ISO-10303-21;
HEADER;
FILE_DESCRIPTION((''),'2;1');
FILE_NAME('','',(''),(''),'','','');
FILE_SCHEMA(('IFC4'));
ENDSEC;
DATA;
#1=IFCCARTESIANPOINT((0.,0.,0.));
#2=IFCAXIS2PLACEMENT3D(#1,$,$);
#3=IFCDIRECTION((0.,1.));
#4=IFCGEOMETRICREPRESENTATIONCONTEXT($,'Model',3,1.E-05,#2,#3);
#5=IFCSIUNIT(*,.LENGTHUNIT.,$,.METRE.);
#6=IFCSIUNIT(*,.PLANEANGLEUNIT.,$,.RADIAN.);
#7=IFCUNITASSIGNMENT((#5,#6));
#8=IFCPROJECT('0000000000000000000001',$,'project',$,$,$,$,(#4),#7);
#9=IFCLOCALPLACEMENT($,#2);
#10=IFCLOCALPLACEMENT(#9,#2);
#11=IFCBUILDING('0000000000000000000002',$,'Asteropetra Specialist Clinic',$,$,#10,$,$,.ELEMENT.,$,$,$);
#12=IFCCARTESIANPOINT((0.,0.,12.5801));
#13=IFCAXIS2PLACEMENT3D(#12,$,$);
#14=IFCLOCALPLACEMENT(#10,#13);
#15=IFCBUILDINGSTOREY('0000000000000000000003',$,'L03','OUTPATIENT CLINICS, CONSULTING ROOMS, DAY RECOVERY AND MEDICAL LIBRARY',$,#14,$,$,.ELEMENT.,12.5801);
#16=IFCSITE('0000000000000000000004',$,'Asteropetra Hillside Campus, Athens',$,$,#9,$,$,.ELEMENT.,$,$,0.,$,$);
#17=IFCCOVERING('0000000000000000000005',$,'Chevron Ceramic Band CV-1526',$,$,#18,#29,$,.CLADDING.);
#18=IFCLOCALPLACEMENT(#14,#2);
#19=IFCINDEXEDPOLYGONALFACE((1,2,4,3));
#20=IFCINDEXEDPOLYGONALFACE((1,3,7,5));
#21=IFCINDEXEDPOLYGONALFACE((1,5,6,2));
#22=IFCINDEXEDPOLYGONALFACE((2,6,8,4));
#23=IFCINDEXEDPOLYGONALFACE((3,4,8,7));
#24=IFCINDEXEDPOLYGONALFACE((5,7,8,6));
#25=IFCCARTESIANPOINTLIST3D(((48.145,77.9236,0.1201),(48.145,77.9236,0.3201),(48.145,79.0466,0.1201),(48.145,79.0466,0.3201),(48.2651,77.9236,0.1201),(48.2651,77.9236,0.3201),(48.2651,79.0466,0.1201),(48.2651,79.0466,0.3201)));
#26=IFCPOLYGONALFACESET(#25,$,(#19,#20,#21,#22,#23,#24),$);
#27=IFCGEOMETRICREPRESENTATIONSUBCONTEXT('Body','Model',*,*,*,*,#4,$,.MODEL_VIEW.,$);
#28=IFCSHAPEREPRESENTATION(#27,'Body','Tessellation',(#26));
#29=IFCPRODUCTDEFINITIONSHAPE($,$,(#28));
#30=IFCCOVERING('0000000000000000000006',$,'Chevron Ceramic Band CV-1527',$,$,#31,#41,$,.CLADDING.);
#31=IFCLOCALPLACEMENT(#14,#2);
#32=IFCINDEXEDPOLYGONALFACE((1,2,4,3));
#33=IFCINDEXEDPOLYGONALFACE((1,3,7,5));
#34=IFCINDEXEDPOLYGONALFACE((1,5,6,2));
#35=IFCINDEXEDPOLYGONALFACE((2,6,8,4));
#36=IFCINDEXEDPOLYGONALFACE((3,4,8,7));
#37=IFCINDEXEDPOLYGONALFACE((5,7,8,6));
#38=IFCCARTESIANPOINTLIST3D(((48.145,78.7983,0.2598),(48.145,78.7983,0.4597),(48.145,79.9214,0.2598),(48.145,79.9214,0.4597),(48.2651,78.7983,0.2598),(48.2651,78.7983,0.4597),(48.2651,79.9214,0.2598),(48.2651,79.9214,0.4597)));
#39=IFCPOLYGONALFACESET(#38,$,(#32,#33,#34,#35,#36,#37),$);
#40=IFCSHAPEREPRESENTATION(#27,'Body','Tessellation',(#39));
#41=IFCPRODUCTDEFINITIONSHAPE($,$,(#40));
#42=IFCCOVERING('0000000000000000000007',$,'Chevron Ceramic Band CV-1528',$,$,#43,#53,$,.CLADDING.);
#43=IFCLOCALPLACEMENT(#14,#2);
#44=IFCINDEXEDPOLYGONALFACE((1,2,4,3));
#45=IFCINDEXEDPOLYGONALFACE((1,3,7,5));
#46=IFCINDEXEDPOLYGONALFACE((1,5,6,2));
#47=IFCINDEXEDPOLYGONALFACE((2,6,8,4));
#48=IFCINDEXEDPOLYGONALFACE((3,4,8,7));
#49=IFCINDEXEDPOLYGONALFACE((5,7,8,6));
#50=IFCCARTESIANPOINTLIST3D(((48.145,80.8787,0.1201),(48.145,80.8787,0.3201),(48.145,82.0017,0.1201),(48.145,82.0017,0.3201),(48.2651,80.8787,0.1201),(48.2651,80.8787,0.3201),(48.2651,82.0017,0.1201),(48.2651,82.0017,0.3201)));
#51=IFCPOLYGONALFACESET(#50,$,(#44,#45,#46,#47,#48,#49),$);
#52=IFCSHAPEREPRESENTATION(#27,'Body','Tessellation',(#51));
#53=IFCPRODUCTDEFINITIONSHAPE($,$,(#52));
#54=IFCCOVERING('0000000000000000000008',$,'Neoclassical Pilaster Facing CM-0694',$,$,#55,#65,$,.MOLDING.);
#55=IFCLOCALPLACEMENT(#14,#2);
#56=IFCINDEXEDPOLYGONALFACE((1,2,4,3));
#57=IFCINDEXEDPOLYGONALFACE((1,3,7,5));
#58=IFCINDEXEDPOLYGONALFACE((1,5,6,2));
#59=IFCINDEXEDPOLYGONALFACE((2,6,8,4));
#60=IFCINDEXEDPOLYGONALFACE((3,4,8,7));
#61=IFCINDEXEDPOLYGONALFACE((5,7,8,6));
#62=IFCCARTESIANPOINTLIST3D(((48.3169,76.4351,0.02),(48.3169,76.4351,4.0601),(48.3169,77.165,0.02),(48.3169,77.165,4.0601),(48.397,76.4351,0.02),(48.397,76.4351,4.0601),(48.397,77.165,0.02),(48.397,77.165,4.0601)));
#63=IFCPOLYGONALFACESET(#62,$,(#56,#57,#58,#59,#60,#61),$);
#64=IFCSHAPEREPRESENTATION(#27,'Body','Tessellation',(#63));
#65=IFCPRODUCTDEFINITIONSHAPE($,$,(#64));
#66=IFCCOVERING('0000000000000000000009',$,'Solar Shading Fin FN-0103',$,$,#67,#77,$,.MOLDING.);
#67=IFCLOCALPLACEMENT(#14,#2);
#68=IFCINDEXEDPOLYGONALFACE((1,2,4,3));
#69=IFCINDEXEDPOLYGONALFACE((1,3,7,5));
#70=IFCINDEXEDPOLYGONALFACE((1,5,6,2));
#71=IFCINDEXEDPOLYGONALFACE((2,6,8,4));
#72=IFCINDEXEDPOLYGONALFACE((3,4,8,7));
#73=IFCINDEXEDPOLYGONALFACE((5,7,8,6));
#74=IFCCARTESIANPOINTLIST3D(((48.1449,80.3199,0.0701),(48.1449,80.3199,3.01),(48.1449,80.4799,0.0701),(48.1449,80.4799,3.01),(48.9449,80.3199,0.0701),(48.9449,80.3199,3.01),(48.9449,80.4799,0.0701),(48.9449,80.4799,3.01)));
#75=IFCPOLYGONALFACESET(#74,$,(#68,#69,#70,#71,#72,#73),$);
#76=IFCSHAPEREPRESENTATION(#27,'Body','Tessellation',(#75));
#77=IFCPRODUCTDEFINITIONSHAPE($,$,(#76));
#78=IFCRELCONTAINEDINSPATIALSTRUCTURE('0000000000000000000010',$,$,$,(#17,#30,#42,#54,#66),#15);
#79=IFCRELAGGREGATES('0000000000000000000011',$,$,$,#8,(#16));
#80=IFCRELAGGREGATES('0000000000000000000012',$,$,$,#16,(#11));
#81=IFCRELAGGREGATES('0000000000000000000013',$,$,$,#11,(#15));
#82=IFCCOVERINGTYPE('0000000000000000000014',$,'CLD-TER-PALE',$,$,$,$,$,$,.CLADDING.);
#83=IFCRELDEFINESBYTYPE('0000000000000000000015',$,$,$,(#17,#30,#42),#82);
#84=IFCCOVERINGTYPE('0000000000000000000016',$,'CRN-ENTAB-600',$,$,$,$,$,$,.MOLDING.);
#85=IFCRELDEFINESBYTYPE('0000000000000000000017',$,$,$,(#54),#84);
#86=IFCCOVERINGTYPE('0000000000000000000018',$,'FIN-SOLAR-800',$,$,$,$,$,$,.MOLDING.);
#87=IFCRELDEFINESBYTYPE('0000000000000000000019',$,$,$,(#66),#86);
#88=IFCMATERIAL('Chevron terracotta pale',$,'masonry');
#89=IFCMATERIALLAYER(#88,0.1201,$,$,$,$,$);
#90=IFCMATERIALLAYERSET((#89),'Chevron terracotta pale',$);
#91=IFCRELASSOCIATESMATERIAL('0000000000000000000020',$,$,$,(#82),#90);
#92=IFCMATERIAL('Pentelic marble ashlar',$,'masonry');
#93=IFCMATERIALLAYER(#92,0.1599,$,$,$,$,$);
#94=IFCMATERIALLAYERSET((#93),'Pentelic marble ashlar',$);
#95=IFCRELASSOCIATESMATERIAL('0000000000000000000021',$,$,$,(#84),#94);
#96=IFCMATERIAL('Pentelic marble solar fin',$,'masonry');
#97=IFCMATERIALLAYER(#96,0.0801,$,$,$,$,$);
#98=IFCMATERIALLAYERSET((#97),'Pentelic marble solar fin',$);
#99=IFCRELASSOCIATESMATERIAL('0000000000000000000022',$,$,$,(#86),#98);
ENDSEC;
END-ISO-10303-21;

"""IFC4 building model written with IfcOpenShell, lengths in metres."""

from ifc_helpers import new_model, si_unit, direction, frame, origin, origin_2d, place, context, subcontext, project, spatial, rectangle, extrude, material, layer, layer_set, type_object, element, save


model = new_model("IFC4")

# Units and contexts
model_context = context("Model", 3, precision=1e-05, world=origin(), true_north=direction((0.0, 1.0)))
body_context = subcontext(model_context, "Body", "Model", "MODEL_VIEW")
ifc_project = project(units=[si_unit("LENGTHUNIT", "METRE"), si_unit("PLANEANGLEUNIT", "RADIAN")], contexts=[model_context])

# Site, building, storey
site_placement = place(None, origin())
site = spatial("IfcSite", under=ifc_project, at=site_placement, Name="Asteropetra Hillside Campus, Athens", CompositionType="ELEMENT", RefElevation=0.0)
building_placement = place(site_placement, origin())
building = spatial("IfcBuilding", under=site, at=building_placement, Name="Asteropetra Specialist Clinic", CompositionType="ELEMENT")
storey_placement = place(building_placement, frame((0.0, 0.0, 12.5801)))
storey = spatial("IfcBuildingStorey", under=building, at=storey_placement, Name="L03", Description="OUTPATIENT CLINICS, CONSULTING ROOMS, DAY RECOVERY AND MEDICAL LIBRARY", CompositionType="ELEMENT", Elevation=12.5801)

# Coverings
ifc_material_1 = material(Name="Chevron terracotta pale", Category="masonry")
ifc_layer_1 = layer(ifc_material_1, 0.1201)
ifc_layer_set_1 = layer_set([ifc_layer_1], Name="Chevron terracotta pale")
covering_type_1 = type_object("IfcCoveringType", Name="CLD-TER-PALE", PredefinedType="CLADDING", material=ifc_layer_set_1)
for number, where, z_axis, x_axis, name in (
    (1, (48.2051, 78.4851, 0.1201), (0.0, 0.0, 1.0), (1.0, 0.0, 0.0), "Chevron Ceramic Band CV-1526"),
    (2, (48.2051, 79.3599, 0.2598), (0.0, 0.0, 1.0), (1.0, 0.0, 0.0), "Chevron Ceramic Band CV-1527"),
    (3, (48.2051, 81.4402, 0.1201), (0.0, 0.0, 1.0), (1.0, 0.0, 0.0), "Chevron Ceramic Band CV-1528"),
):
    element("IfcCovering", number, at=place(storey_placement, frame(where, z_axis=z_axis, x_axis=x_axis)), inside=storey, type_object=covering_type_1, Name=name, PredefinedType="CLADDING", context=body_context, shape_type="SweptSolid", body=[
        extrude(rectangle(XDim=0.1201, YDim=1.123, at=origin_2d()), origin(), (0.0, 0.0, 1.0), 0.2),
    ])
ifc_material_2 = material(Name="Pentelic marble ashlar", Category="masonry")
ifc_layer_2 = layer(ifc_material_2, 0.1599)
ifc_layer_set_2 = layer_set([ifc_layer_2], Name="Pentelic marble ashlar")
covering_type_2 = type_object("IfcCoveringType", Name="CRN-ENTAB-600", PredefinedType="MOLDING", material=ifc_layer_set_2)
covering_1_placement = place(storey_placement, frame((48.3569, 76.8, 0.02), z_axis=(0.0, 0.0, 1.0), x_axis=(1.0, 0.0, 0.0)))
element("IfcCovering", 4, at=covering_1_placement, inside=storey, type_object=covering_type_2, Name="Neoclassical Pilaster Facing CM-0694", PredefinedType="MOLDING", context=body_context, shape_type="SweptSolid", body=[
    extrude(rectangle(XDim=0.0801, YDim=0.73, at=origin_2d()), origin(), (0.0, 0.0, 1.0), 4.04),
])
ifc_material_3 = material(Name="Pentelic marble solar fin", Category="masonry")
ifc_layer_3 = layer(ifc_material_3, 0.0801)
ifc_layer_set_3 = layer_set([ifc_layer_3], Name="Pentelic marble solar fin")
covering_type_3 = type_object("IfcCoveringType", Name="FIN-SOLAR-800", PredefinedType="MOLDING", material=ifc_layer_set_3)
covering_2_placement = place(storey_placement, frame((48.5449, 80.3999, 0.0701), z_axis=(0.0, 0.0, 1.0), x_axis=(1.0, 0.0, 0.0)))
element("IfcCovering", 5, at=covering_2_placement, inside=storey, type_object=covering_type_3, Name="Solar Shading Fin FN-0103", PredefinedType="MOLDING", context=body_context, shape_type="SweptSolid", body=[
    extrude(rectangle(XDim=0.8, YDim=0.1599, at=origin_2d()), origin(), (0.0, 0.0, 1.0), 2.9399),
])

save(model, "model.ifc")
